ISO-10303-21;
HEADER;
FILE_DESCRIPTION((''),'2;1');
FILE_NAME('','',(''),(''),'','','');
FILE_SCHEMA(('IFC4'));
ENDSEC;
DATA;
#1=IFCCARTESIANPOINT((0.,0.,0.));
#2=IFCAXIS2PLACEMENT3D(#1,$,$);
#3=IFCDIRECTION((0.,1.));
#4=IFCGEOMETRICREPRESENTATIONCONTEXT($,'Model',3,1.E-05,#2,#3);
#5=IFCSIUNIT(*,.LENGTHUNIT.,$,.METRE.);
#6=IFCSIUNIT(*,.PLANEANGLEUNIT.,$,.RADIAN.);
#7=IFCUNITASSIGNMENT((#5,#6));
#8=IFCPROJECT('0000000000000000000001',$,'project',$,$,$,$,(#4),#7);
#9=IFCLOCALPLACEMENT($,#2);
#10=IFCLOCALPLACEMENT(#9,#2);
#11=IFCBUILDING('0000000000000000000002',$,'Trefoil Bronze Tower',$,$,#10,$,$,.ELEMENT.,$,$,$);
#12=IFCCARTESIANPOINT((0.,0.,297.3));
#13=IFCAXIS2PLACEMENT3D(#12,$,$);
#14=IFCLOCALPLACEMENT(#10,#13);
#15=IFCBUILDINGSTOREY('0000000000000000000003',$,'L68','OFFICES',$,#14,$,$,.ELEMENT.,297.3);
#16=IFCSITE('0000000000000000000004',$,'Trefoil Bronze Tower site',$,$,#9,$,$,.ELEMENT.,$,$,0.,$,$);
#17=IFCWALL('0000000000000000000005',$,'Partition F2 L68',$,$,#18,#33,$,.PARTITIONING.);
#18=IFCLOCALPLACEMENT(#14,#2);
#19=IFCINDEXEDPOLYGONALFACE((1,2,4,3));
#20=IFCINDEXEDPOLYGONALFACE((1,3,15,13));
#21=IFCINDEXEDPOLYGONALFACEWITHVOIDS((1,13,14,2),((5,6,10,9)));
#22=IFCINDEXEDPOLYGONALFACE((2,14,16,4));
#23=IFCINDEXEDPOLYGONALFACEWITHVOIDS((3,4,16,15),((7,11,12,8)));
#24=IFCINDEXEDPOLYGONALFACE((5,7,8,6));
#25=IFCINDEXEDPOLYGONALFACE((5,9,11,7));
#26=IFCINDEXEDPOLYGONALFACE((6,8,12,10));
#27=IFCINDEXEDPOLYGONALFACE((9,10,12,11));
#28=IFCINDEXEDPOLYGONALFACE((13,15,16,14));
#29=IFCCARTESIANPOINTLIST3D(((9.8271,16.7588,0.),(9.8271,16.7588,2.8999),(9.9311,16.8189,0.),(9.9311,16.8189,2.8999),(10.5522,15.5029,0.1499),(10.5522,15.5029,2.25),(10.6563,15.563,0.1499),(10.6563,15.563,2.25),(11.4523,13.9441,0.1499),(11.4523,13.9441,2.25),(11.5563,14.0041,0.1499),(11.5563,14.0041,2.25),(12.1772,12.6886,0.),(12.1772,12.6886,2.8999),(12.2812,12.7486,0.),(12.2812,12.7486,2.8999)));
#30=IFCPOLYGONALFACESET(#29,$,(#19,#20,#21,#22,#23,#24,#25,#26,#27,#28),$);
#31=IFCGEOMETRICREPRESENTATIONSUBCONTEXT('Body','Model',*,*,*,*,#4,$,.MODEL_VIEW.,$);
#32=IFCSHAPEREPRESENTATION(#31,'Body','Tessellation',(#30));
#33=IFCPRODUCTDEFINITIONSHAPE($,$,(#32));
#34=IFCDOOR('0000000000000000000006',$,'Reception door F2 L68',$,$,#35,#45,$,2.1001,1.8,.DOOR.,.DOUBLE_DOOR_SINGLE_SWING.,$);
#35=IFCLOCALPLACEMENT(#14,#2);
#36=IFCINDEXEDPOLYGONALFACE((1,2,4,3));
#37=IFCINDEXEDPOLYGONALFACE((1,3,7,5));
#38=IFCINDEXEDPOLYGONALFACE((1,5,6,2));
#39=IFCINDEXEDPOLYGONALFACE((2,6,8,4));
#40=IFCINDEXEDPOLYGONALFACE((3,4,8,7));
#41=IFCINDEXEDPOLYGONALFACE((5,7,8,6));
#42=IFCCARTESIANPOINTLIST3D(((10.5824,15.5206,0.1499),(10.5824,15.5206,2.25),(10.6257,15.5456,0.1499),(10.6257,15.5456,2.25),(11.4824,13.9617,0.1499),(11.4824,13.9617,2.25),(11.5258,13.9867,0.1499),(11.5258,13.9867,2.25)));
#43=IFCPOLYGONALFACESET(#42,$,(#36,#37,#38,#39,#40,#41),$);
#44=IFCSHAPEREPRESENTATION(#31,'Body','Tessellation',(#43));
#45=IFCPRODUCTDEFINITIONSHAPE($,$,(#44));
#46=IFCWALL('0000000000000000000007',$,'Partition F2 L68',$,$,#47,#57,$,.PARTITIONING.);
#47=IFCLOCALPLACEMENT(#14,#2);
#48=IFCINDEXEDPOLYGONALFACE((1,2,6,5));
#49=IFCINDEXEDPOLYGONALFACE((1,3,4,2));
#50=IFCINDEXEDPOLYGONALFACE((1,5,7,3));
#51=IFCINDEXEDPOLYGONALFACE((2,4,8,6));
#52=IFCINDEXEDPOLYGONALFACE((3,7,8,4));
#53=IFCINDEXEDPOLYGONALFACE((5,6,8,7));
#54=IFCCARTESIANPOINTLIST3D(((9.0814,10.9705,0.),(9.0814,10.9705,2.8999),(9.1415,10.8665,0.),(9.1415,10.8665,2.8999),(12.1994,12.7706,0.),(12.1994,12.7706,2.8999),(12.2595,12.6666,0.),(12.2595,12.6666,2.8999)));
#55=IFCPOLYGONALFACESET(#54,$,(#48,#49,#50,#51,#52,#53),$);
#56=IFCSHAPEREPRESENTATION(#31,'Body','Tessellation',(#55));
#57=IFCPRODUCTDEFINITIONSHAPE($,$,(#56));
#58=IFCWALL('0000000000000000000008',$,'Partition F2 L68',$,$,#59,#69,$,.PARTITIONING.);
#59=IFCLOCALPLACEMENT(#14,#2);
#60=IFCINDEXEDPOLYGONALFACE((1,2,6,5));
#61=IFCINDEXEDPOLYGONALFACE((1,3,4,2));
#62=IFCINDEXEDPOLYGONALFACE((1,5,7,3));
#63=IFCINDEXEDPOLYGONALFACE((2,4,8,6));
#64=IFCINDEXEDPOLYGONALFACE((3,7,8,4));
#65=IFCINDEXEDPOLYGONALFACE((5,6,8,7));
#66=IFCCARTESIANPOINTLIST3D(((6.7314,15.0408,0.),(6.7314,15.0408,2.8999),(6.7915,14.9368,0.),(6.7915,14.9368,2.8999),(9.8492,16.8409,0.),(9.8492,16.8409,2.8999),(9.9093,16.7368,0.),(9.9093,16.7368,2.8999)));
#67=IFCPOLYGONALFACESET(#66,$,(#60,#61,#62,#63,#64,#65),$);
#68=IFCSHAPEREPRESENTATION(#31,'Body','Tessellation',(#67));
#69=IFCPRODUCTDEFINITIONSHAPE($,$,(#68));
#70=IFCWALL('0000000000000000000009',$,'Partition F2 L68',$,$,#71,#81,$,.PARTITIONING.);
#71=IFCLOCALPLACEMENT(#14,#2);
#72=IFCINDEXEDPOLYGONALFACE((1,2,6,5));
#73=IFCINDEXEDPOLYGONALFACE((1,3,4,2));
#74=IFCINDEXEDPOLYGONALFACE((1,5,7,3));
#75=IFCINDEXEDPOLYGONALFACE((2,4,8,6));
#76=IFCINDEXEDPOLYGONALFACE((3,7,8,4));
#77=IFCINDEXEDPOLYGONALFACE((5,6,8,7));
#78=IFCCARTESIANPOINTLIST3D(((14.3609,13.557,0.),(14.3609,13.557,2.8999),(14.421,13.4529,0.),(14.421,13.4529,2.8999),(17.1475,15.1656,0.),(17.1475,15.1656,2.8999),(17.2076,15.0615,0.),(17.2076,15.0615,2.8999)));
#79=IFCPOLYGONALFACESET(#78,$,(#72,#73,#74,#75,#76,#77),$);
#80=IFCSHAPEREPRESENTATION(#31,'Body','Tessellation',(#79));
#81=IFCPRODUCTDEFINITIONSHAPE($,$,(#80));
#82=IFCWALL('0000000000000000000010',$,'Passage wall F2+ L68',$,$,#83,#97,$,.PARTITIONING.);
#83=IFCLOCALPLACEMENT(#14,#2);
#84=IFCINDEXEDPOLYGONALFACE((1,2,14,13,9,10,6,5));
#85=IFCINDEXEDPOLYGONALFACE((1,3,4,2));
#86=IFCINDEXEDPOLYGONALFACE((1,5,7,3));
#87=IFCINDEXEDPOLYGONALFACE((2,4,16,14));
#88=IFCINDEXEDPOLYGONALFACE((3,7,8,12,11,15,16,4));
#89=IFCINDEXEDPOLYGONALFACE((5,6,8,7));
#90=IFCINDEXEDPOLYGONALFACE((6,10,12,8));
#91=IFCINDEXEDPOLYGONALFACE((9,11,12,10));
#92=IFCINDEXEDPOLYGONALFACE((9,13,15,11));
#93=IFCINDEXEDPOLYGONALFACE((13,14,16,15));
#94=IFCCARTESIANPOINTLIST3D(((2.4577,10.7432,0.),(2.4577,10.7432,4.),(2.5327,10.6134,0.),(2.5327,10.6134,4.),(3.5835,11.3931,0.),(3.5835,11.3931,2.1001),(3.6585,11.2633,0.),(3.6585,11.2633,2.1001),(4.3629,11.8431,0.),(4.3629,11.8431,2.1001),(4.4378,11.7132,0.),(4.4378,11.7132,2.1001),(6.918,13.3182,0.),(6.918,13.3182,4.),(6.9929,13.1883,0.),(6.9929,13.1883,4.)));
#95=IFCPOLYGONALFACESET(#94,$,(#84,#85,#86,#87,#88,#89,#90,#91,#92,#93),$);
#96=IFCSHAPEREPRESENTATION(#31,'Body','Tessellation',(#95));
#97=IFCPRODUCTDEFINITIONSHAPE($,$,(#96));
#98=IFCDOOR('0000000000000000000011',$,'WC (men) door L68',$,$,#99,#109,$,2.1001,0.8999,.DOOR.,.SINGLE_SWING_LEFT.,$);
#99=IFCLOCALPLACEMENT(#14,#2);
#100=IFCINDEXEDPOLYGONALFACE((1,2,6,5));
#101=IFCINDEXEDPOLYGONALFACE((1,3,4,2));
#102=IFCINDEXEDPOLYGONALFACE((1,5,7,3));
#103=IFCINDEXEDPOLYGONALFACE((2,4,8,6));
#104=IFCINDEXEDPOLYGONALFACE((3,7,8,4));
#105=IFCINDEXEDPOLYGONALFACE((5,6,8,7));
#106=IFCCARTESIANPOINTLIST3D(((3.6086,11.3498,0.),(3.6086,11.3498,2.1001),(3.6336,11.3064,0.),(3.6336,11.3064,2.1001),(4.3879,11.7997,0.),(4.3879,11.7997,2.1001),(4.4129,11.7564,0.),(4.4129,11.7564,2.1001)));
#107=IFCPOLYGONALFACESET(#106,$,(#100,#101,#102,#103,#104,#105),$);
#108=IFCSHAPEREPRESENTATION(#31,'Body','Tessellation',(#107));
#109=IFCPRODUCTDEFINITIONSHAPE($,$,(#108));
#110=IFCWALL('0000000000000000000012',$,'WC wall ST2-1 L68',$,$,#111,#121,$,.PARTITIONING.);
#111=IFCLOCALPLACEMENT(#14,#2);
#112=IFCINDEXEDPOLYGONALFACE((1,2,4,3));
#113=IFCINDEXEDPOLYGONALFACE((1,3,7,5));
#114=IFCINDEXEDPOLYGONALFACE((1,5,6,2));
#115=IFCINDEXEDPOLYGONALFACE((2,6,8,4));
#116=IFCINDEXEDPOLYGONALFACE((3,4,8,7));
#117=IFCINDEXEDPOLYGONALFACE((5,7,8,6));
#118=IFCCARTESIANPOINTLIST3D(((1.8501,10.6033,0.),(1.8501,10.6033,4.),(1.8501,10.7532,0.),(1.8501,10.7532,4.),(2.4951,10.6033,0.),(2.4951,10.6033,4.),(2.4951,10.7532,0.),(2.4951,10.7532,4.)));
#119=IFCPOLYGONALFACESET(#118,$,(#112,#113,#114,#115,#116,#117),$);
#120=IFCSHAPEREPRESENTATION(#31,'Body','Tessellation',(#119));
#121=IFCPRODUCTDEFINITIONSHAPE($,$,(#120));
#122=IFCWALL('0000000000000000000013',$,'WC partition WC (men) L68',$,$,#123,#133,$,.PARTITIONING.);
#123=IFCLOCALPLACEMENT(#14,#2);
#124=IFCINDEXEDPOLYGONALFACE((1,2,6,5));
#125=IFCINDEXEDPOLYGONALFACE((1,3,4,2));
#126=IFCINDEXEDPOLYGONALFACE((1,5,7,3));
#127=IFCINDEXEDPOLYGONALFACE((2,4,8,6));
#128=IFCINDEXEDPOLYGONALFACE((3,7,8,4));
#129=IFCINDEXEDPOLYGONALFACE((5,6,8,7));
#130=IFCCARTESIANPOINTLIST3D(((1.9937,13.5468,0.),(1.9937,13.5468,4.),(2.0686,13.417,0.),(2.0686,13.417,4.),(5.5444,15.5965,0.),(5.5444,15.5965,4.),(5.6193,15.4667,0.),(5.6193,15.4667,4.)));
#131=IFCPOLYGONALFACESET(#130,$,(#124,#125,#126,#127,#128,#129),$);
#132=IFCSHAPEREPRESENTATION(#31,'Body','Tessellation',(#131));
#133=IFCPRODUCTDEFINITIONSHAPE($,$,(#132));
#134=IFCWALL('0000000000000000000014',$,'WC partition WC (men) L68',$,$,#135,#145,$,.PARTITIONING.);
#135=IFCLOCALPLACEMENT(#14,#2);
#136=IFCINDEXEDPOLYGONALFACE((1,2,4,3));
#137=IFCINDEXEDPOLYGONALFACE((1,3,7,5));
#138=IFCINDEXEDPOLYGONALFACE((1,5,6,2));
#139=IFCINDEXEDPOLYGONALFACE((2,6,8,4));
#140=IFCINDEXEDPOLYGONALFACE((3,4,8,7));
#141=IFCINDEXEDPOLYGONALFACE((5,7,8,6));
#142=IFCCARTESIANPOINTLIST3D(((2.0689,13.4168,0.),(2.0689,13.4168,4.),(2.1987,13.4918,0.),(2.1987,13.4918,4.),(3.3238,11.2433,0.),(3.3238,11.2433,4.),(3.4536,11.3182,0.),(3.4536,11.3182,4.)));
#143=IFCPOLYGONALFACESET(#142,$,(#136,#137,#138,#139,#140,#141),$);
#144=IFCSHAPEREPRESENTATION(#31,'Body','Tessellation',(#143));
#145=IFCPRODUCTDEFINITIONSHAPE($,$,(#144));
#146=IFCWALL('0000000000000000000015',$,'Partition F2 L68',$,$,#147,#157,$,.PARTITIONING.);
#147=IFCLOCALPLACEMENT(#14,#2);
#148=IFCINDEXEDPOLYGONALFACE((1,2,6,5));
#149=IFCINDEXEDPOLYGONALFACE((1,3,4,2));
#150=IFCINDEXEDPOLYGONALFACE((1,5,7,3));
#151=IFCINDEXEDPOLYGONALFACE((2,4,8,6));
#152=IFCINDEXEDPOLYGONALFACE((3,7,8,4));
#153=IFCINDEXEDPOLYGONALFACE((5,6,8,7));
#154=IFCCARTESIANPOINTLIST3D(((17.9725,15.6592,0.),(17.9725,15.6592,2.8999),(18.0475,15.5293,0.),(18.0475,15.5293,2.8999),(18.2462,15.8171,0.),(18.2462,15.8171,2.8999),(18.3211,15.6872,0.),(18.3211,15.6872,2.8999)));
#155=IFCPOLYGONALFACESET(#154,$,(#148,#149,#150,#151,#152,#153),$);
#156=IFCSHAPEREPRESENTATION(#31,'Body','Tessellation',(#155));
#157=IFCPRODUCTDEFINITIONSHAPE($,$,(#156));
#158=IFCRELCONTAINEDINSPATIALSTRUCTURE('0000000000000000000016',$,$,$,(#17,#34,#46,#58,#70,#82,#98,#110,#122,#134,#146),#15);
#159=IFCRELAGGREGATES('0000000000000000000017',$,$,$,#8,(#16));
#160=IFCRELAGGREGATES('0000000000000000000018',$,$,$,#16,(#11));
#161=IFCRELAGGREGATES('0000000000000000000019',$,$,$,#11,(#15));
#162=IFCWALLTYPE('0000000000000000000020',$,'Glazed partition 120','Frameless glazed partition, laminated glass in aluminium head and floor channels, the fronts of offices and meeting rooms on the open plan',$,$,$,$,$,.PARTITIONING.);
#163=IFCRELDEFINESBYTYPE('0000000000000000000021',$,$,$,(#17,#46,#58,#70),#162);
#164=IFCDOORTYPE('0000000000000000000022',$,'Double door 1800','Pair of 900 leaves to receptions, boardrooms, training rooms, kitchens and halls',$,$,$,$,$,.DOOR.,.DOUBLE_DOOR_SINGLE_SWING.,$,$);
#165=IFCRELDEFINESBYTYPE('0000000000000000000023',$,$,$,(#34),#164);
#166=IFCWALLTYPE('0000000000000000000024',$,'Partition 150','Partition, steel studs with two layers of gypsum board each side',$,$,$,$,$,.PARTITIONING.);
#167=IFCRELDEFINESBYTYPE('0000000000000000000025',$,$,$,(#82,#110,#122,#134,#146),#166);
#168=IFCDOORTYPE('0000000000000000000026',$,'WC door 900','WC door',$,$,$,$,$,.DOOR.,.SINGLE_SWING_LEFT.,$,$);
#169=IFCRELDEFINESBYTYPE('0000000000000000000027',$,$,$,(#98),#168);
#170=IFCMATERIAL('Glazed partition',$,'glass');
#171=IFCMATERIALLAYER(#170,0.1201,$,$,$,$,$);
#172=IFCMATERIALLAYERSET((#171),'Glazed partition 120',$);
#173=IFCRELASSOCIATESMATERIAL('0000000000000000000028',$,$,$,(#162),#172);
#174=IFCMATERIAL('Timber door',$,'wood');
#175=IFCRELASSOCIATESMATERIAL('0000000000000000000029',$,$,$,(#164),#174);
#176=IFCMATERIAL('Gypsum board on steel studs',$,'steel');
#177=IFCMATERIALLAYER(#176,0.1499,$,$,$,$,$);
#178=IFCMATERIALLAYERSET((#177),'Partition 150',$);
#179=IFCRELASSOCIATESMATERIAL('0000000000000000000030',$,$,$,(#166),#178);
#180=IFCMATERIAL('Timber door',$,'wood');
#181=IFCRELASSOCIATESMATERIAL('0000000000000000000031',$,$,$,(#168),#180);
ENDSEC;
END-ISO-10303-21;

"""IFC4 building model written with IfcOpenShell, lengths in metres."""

from ifc_helpers import new_model, si_unit, direction, frame, frame_2d, origin, place, context, subcontext, project, spatial, rectangle, extrude, material, layer, layer_set, type_object, element, fill, save


model = new_model("IFC4")

# Units and contexts
model_context = context("Model", 3, precision=1e-05, world=origin(), true_north=direction((0.0, 1.0)))
body_context = subcontext(model_context, "Body", "Model", "MODEL_VIEW")
ifc_project = project(units=[si_unit("LENGTHUNIT", "METRE"), si_unit("PLANEANGLEUNIT", "RADIAN")], contexts=[model_context])

# Site, building, storey
site_placement = place(None, origin())
site = spatial("IfcSite", under=ifc_project, at=site_placement, Name="Trefoil Bronze Tower site", CompositionType="ELEMENT", RefElevation=0.0)
building_placement = place(site_placement, origin())
building = spatial("IfcBuilding", under=site, at=building_placement, Name="Trefoil Bronze Tower", CompositionType="ELEMENT")
storey_placement = place(building_placement, frame((0.0, 0.0, 297.3)))
storey = spatial("IfcBuildingStorey", under=building, at=storey_placement, Name="L68", Description="OFFICES", CompositionType="ELEMENT", Elevation=297.3)

# Wall, opening, door
ifc_material_1 = material(Name="Glazed partition", Category="glass")
ifc_layer_1 = layer(ifc_material_1, 0.1201)
ifc_layer_set_1 = layer_set([ifc_layer_1], Name="Glazed partition 120")
wall_type_1 = type_object("IfcWallType", Name="Glazed partition 120", Description="Frameless glazed partition, laminated glass in aluminium head and floor channels, the fronts of offices and meeting rooms on the open plan", PredefinedType="PARTITIONING", material=ifc_layer_set_1)
wall_1_placement = place(storey_placement, frame((12.2292, 12.7185, 0.0), z_axis=(0.0, 0.0, 1.0), x_axis=(-0.500016, 0.866016, 0.0)))
wall_1 = element("IfcWall", 1, at=wall_1_placement, inside=storey, type_object=wall_type_1, Name="Partition F2 L68", PredefinedType="PARTITIONING", context=body_context, shape_type="SweptSolid", body=[
    extrude(rectangle(XDim=4.7, YDim=0.1201, at=frame_2d((2.3501, 0.0))), origin(), (0.0, 0.0, 1.0), 2.8999),
])
opening_1_placement = place(wall_1_placement, frame((1.45, 0.0, 0.1499)))
opening_1 = element("IfcOpeningElement", 2, at=opening_1_placement, cuts=wall_1, PredefinedType="OPENING", context=body_context, shape_type="SweptSolid", body=[
    extrude(rectangle(XDim=1.8, YDim=2.1001, at=frame_2d((0.8999, 1.05))), frame((0.0, 0.0701, 0.0), z_axis=(0.0, -1.0, 0.0), x_axis=(1.0, 0.0, 0.0)), (0.0, 0.0, 1.0), 0.1401),
])
ifc_material_2 = material(Name="Timber door", Category="wood")
door_type_1 = type_object("IfcDoorType", Name="Double door 1800", Description="Pair of 900 leaves to receptions, boardrooms, training rooms, kitchens and halls", OperationType="DOUBLE_DOOR_SINGLE_SWING", PredefinedType="DOOR", material=ifc_material_2)
door_1_placement = place(opening_1_placement, frame((1.8, 0.0, 0.0), z_axis=(0.0, 0.0, 1.0), x_axis=(-1.0, 0.0, 0.0)))
door_1 = element("IfcDoor", 3, at=door_1_placement, inside=storey, type_object=door_type_1, Name="Reception door F2 L68", OperationType="DOUBLE_DOOR_SINGLE_SWING", OverallHeight=2.1001, OverallWidth=1.8, PredefinedType="DOOR", context=body_context, shape_type="SweptSolid", body=[
    extrude(rectangle(XDim=1.8, YDim=2.1001, at=frame_2d((0.8999, 1.05))), frame((0.0, 0.0249, 0.0), z_axis=(0.0, -1.0, 0.0), x_axis=(1.0, 0.0, 0.0)), (0.0, 0.0, 1.0), 0.05),
])
fill(opening_1, door_1)

# Walls
wall_2_placement = place(storey_placement, frame((9.1113, 10.9185, 0.0), z_axis=(0.0, 0.0, 1.0), x_axis=(0.866035, 0.499983, 0.0)))
element("IfcWall", 4, at=wall_2_placement, inside=storey, type_object=wall_type_1, Name="Partition F2 L68", PredefinedType="PARTITIONING", context=body_context, shape_type="SweptSolid", body=[
    extrude(rectangle(XDim=3.6003, YDim=0.1201, at=frame_2d((1.8003, 0.0))), origin(), (0.0, 0.0, 1.0), 2.8999),
])
wall_3_placement = place(storey_placement, frame((6.7615, 14.9888, 0.0), z_axis=(0.0, 0.0, 1.0), x_axis=(0.866018, 0.500012, 0.0)))
element("IfcWall", 5, at=wall_3_placement, inside=storey, type_object=wall_type_1, Name="Partition F2 L68", PredefinedType="PARTITIONING", context=body_context, shape_type="SweptSolid", body=[
    extrude(rectangle(XDim=3.6001, YDim=0.1201, at=frame_2d((1.8, 0.0))), origin(), (0.0, 0.0, 1.0), 2.8999),
])
wall_4_placement = place(storey_placement, frame((14.3909, 13.5049, 0.0), z_axis=(0.0, 0.0, 1.0), x_axis=(0.866054, 0.49995, 0.0)))
element("IfcWall", 6, at=wall_4_placement, inside=storey, type_object=wall_type_1, Name="Partition F2 L68", PredefinedType="PARTITIONING", context=body_context, shape_type="SweptSolid", body=[
    extrude(rectangle(XDim=3.2175, YDim=0.1201, at=frame_2d((1.6089, 0.0))), origin(), (0.0, 0.0, 1.0), 2.8999),
])

# Wall, opening, door
ifc_material_3 = material(Name="Gypsum board on steel studs", Category="steel")
ifc_layer_2 = layer(ifc_material_3, 0.1499)
ifc_layer_set_2 = layer_set([ifc_layer_2], Name="Partition 150")
wall_type_2 = type_object("IfcWallType", Name="Partition 150", Description="Partition, steel studs with two layers of gypsum board each side", PredefinedType="PARTITIONING", material=ifc_layer_set_2)
wall_5_placement = place(storey_placement, frame((2.4951, 10.6782, 0.0), z_axis=(0.0, 0.0, 1.0), x_axis=(0.866038, 0.499978, 0.0)))
wall_5 = element("IfcWall", 7, at=wall_5_placement, inside=storey, type_object=wall_type_2, Name="Passage wall F2+ L68", PredefinedType="PARTITIONING", context=body_context, shape_type="SweptSolid", body=[
    extrude(rectangle(XDim=5.1501, YDim=0.1499, at=frame_2d((2.5752, 0.0))), origin(), (0.0, 0.0, 1.0), 4.0),
])
opening_2_placement = place(wall_5_placement, frame((1.3, 0.0, 0.0)))
opening_2 = element("IfcOpeningElement", 8, at=opening_2_placement, cuts=wall_5, PredefinedType="OPENING", context=body_context, shape_type="SweptSolid", body=[
    extrude(rectangle(XDim=0.8999, YDim=2.1001, at=frame_2d((0.45, 1.05))), frame((0.0, 0.085, 0.0), z_axis=(0.0, -1.0, 0.0), x_axis=(1.0, 0.0, 0.0)), (0.0, 0.0, 1.0), 0.1699),
])
ifc_material_4 = material(Name="Timber door", Category="wood")
door_type_2 = type_object("IfcDoorType", Name="WC door 900", Description="WC door", OperationType="SINGLE_SWING_LEFT", PredefinedType="DOOR", material=ifc_material_4)
door_2_placement = place(opening_2_placement, origin())
door_2 = element("IfcDoor", 9, at=door_2_placement, inside=storey, type_object=door_type_2, Name="WC (men) door L68", OperationType="SINGLE_SWING_LEFT", OverallHeight=2.1001, OverallWidth=0.8999, PredefinedType="DOOR", context=body_context, shape_type="SweptSolid", body=[
    extrude(rectangle(XDim=0.8999, YDim=2.1001, at=frame_2d((0.45, 1.05))), frame((0.0, 0.0249, 0.0), z_axis=(0.0, -1.0, 0.0), x_axis=(1.0, 0.0, 0.0)), (0.0, 0.0, 1.0), 0.05),
])
fill(opening_2, door_2)

# Walls
wall_6_placement = place(storey_placement, frame((2.4951, 10.6782, 0.0), z_axis=(0.0, 0.0, 1.0), x_axis=(-1.0, 0.0, 0.0)))
element("IfcWall", 10, at=wall_6_placement, inside=storey, type_object=wall_type_2, Name="WC wall ST2-1 L68", PredefinedType="PARTITIONING", context=body_context, shape_type="SweptSolid", body=[
    extrude(rectangle(XDim=0.645, YDim=0.1499, at=frame_2d((0.3225, 0.0))), origin(), (0.0, 0.0, 1.0), 4.0),
])
wall_7_placement = place(storey_placement, frame((2.0312, 13.4819, 0.0), z_axis=(0.0, 0.0, 1.0), x_axis=(0.866051, 0.499956, 0.0)))
element("IfcWall", 11, at=wall_7_placement, inside=storey, type_object=wall_type_2, Name="WC partition WC (men) L68", PredefinedType="PARTITIONING", context=body_context, shape_type="SweptSolid", body=[
    extrude(rectangle(XDim=4.0999, YDim=0.1499, at=frame_2d((2.0498, 0.0))), origin(), (0.0, 0.0, 1.0), 4.0),
])
wall_8_placement = place(storey_placement, frame((3.3887, 11.2808, 0.0), z_axis=(0.0, 0.0, 1.0), x_axis=(-0.499989, 0.866032, 0.0)))
element("IfcWall", 12, at=wall_8_placement, inside=storey, type_object=wall_type_2, Name="WC partition WC (men) L68", PredefinedType="PARTITIONING", context=body_context, shape_type="SweptSolid", body=[
    extrude(rectangle(XDim=2.5098, YDim=0.1499, at=frame_2d((1.2549, 0.0))), origin(), (0.0, 0.0, 1.0), 4.0),
])
wall_9_placement = place(storey_placement, frame((18.01, 15.5942, 0.0), z_axis=(0.0, 0.0, 1.0), x_axis=(0.866096, 0.499879, 0.0)))
element("IfcWall", 13, at=wall_9_placement, inside=storey, type_object=wall_type_2, Name="Partition F2 L68", PredefinedType="PARTITIONING", context=body_context, shape_type="SweptSolid", body=[
    extrude(rectangle(XDim=0.3159, YDim=0.1499, at=frame_2d((0.158, 0.0))), origin(), (0.0, 0.0, 1.0), 2.8999),
])

save(model, "model.ifc")
